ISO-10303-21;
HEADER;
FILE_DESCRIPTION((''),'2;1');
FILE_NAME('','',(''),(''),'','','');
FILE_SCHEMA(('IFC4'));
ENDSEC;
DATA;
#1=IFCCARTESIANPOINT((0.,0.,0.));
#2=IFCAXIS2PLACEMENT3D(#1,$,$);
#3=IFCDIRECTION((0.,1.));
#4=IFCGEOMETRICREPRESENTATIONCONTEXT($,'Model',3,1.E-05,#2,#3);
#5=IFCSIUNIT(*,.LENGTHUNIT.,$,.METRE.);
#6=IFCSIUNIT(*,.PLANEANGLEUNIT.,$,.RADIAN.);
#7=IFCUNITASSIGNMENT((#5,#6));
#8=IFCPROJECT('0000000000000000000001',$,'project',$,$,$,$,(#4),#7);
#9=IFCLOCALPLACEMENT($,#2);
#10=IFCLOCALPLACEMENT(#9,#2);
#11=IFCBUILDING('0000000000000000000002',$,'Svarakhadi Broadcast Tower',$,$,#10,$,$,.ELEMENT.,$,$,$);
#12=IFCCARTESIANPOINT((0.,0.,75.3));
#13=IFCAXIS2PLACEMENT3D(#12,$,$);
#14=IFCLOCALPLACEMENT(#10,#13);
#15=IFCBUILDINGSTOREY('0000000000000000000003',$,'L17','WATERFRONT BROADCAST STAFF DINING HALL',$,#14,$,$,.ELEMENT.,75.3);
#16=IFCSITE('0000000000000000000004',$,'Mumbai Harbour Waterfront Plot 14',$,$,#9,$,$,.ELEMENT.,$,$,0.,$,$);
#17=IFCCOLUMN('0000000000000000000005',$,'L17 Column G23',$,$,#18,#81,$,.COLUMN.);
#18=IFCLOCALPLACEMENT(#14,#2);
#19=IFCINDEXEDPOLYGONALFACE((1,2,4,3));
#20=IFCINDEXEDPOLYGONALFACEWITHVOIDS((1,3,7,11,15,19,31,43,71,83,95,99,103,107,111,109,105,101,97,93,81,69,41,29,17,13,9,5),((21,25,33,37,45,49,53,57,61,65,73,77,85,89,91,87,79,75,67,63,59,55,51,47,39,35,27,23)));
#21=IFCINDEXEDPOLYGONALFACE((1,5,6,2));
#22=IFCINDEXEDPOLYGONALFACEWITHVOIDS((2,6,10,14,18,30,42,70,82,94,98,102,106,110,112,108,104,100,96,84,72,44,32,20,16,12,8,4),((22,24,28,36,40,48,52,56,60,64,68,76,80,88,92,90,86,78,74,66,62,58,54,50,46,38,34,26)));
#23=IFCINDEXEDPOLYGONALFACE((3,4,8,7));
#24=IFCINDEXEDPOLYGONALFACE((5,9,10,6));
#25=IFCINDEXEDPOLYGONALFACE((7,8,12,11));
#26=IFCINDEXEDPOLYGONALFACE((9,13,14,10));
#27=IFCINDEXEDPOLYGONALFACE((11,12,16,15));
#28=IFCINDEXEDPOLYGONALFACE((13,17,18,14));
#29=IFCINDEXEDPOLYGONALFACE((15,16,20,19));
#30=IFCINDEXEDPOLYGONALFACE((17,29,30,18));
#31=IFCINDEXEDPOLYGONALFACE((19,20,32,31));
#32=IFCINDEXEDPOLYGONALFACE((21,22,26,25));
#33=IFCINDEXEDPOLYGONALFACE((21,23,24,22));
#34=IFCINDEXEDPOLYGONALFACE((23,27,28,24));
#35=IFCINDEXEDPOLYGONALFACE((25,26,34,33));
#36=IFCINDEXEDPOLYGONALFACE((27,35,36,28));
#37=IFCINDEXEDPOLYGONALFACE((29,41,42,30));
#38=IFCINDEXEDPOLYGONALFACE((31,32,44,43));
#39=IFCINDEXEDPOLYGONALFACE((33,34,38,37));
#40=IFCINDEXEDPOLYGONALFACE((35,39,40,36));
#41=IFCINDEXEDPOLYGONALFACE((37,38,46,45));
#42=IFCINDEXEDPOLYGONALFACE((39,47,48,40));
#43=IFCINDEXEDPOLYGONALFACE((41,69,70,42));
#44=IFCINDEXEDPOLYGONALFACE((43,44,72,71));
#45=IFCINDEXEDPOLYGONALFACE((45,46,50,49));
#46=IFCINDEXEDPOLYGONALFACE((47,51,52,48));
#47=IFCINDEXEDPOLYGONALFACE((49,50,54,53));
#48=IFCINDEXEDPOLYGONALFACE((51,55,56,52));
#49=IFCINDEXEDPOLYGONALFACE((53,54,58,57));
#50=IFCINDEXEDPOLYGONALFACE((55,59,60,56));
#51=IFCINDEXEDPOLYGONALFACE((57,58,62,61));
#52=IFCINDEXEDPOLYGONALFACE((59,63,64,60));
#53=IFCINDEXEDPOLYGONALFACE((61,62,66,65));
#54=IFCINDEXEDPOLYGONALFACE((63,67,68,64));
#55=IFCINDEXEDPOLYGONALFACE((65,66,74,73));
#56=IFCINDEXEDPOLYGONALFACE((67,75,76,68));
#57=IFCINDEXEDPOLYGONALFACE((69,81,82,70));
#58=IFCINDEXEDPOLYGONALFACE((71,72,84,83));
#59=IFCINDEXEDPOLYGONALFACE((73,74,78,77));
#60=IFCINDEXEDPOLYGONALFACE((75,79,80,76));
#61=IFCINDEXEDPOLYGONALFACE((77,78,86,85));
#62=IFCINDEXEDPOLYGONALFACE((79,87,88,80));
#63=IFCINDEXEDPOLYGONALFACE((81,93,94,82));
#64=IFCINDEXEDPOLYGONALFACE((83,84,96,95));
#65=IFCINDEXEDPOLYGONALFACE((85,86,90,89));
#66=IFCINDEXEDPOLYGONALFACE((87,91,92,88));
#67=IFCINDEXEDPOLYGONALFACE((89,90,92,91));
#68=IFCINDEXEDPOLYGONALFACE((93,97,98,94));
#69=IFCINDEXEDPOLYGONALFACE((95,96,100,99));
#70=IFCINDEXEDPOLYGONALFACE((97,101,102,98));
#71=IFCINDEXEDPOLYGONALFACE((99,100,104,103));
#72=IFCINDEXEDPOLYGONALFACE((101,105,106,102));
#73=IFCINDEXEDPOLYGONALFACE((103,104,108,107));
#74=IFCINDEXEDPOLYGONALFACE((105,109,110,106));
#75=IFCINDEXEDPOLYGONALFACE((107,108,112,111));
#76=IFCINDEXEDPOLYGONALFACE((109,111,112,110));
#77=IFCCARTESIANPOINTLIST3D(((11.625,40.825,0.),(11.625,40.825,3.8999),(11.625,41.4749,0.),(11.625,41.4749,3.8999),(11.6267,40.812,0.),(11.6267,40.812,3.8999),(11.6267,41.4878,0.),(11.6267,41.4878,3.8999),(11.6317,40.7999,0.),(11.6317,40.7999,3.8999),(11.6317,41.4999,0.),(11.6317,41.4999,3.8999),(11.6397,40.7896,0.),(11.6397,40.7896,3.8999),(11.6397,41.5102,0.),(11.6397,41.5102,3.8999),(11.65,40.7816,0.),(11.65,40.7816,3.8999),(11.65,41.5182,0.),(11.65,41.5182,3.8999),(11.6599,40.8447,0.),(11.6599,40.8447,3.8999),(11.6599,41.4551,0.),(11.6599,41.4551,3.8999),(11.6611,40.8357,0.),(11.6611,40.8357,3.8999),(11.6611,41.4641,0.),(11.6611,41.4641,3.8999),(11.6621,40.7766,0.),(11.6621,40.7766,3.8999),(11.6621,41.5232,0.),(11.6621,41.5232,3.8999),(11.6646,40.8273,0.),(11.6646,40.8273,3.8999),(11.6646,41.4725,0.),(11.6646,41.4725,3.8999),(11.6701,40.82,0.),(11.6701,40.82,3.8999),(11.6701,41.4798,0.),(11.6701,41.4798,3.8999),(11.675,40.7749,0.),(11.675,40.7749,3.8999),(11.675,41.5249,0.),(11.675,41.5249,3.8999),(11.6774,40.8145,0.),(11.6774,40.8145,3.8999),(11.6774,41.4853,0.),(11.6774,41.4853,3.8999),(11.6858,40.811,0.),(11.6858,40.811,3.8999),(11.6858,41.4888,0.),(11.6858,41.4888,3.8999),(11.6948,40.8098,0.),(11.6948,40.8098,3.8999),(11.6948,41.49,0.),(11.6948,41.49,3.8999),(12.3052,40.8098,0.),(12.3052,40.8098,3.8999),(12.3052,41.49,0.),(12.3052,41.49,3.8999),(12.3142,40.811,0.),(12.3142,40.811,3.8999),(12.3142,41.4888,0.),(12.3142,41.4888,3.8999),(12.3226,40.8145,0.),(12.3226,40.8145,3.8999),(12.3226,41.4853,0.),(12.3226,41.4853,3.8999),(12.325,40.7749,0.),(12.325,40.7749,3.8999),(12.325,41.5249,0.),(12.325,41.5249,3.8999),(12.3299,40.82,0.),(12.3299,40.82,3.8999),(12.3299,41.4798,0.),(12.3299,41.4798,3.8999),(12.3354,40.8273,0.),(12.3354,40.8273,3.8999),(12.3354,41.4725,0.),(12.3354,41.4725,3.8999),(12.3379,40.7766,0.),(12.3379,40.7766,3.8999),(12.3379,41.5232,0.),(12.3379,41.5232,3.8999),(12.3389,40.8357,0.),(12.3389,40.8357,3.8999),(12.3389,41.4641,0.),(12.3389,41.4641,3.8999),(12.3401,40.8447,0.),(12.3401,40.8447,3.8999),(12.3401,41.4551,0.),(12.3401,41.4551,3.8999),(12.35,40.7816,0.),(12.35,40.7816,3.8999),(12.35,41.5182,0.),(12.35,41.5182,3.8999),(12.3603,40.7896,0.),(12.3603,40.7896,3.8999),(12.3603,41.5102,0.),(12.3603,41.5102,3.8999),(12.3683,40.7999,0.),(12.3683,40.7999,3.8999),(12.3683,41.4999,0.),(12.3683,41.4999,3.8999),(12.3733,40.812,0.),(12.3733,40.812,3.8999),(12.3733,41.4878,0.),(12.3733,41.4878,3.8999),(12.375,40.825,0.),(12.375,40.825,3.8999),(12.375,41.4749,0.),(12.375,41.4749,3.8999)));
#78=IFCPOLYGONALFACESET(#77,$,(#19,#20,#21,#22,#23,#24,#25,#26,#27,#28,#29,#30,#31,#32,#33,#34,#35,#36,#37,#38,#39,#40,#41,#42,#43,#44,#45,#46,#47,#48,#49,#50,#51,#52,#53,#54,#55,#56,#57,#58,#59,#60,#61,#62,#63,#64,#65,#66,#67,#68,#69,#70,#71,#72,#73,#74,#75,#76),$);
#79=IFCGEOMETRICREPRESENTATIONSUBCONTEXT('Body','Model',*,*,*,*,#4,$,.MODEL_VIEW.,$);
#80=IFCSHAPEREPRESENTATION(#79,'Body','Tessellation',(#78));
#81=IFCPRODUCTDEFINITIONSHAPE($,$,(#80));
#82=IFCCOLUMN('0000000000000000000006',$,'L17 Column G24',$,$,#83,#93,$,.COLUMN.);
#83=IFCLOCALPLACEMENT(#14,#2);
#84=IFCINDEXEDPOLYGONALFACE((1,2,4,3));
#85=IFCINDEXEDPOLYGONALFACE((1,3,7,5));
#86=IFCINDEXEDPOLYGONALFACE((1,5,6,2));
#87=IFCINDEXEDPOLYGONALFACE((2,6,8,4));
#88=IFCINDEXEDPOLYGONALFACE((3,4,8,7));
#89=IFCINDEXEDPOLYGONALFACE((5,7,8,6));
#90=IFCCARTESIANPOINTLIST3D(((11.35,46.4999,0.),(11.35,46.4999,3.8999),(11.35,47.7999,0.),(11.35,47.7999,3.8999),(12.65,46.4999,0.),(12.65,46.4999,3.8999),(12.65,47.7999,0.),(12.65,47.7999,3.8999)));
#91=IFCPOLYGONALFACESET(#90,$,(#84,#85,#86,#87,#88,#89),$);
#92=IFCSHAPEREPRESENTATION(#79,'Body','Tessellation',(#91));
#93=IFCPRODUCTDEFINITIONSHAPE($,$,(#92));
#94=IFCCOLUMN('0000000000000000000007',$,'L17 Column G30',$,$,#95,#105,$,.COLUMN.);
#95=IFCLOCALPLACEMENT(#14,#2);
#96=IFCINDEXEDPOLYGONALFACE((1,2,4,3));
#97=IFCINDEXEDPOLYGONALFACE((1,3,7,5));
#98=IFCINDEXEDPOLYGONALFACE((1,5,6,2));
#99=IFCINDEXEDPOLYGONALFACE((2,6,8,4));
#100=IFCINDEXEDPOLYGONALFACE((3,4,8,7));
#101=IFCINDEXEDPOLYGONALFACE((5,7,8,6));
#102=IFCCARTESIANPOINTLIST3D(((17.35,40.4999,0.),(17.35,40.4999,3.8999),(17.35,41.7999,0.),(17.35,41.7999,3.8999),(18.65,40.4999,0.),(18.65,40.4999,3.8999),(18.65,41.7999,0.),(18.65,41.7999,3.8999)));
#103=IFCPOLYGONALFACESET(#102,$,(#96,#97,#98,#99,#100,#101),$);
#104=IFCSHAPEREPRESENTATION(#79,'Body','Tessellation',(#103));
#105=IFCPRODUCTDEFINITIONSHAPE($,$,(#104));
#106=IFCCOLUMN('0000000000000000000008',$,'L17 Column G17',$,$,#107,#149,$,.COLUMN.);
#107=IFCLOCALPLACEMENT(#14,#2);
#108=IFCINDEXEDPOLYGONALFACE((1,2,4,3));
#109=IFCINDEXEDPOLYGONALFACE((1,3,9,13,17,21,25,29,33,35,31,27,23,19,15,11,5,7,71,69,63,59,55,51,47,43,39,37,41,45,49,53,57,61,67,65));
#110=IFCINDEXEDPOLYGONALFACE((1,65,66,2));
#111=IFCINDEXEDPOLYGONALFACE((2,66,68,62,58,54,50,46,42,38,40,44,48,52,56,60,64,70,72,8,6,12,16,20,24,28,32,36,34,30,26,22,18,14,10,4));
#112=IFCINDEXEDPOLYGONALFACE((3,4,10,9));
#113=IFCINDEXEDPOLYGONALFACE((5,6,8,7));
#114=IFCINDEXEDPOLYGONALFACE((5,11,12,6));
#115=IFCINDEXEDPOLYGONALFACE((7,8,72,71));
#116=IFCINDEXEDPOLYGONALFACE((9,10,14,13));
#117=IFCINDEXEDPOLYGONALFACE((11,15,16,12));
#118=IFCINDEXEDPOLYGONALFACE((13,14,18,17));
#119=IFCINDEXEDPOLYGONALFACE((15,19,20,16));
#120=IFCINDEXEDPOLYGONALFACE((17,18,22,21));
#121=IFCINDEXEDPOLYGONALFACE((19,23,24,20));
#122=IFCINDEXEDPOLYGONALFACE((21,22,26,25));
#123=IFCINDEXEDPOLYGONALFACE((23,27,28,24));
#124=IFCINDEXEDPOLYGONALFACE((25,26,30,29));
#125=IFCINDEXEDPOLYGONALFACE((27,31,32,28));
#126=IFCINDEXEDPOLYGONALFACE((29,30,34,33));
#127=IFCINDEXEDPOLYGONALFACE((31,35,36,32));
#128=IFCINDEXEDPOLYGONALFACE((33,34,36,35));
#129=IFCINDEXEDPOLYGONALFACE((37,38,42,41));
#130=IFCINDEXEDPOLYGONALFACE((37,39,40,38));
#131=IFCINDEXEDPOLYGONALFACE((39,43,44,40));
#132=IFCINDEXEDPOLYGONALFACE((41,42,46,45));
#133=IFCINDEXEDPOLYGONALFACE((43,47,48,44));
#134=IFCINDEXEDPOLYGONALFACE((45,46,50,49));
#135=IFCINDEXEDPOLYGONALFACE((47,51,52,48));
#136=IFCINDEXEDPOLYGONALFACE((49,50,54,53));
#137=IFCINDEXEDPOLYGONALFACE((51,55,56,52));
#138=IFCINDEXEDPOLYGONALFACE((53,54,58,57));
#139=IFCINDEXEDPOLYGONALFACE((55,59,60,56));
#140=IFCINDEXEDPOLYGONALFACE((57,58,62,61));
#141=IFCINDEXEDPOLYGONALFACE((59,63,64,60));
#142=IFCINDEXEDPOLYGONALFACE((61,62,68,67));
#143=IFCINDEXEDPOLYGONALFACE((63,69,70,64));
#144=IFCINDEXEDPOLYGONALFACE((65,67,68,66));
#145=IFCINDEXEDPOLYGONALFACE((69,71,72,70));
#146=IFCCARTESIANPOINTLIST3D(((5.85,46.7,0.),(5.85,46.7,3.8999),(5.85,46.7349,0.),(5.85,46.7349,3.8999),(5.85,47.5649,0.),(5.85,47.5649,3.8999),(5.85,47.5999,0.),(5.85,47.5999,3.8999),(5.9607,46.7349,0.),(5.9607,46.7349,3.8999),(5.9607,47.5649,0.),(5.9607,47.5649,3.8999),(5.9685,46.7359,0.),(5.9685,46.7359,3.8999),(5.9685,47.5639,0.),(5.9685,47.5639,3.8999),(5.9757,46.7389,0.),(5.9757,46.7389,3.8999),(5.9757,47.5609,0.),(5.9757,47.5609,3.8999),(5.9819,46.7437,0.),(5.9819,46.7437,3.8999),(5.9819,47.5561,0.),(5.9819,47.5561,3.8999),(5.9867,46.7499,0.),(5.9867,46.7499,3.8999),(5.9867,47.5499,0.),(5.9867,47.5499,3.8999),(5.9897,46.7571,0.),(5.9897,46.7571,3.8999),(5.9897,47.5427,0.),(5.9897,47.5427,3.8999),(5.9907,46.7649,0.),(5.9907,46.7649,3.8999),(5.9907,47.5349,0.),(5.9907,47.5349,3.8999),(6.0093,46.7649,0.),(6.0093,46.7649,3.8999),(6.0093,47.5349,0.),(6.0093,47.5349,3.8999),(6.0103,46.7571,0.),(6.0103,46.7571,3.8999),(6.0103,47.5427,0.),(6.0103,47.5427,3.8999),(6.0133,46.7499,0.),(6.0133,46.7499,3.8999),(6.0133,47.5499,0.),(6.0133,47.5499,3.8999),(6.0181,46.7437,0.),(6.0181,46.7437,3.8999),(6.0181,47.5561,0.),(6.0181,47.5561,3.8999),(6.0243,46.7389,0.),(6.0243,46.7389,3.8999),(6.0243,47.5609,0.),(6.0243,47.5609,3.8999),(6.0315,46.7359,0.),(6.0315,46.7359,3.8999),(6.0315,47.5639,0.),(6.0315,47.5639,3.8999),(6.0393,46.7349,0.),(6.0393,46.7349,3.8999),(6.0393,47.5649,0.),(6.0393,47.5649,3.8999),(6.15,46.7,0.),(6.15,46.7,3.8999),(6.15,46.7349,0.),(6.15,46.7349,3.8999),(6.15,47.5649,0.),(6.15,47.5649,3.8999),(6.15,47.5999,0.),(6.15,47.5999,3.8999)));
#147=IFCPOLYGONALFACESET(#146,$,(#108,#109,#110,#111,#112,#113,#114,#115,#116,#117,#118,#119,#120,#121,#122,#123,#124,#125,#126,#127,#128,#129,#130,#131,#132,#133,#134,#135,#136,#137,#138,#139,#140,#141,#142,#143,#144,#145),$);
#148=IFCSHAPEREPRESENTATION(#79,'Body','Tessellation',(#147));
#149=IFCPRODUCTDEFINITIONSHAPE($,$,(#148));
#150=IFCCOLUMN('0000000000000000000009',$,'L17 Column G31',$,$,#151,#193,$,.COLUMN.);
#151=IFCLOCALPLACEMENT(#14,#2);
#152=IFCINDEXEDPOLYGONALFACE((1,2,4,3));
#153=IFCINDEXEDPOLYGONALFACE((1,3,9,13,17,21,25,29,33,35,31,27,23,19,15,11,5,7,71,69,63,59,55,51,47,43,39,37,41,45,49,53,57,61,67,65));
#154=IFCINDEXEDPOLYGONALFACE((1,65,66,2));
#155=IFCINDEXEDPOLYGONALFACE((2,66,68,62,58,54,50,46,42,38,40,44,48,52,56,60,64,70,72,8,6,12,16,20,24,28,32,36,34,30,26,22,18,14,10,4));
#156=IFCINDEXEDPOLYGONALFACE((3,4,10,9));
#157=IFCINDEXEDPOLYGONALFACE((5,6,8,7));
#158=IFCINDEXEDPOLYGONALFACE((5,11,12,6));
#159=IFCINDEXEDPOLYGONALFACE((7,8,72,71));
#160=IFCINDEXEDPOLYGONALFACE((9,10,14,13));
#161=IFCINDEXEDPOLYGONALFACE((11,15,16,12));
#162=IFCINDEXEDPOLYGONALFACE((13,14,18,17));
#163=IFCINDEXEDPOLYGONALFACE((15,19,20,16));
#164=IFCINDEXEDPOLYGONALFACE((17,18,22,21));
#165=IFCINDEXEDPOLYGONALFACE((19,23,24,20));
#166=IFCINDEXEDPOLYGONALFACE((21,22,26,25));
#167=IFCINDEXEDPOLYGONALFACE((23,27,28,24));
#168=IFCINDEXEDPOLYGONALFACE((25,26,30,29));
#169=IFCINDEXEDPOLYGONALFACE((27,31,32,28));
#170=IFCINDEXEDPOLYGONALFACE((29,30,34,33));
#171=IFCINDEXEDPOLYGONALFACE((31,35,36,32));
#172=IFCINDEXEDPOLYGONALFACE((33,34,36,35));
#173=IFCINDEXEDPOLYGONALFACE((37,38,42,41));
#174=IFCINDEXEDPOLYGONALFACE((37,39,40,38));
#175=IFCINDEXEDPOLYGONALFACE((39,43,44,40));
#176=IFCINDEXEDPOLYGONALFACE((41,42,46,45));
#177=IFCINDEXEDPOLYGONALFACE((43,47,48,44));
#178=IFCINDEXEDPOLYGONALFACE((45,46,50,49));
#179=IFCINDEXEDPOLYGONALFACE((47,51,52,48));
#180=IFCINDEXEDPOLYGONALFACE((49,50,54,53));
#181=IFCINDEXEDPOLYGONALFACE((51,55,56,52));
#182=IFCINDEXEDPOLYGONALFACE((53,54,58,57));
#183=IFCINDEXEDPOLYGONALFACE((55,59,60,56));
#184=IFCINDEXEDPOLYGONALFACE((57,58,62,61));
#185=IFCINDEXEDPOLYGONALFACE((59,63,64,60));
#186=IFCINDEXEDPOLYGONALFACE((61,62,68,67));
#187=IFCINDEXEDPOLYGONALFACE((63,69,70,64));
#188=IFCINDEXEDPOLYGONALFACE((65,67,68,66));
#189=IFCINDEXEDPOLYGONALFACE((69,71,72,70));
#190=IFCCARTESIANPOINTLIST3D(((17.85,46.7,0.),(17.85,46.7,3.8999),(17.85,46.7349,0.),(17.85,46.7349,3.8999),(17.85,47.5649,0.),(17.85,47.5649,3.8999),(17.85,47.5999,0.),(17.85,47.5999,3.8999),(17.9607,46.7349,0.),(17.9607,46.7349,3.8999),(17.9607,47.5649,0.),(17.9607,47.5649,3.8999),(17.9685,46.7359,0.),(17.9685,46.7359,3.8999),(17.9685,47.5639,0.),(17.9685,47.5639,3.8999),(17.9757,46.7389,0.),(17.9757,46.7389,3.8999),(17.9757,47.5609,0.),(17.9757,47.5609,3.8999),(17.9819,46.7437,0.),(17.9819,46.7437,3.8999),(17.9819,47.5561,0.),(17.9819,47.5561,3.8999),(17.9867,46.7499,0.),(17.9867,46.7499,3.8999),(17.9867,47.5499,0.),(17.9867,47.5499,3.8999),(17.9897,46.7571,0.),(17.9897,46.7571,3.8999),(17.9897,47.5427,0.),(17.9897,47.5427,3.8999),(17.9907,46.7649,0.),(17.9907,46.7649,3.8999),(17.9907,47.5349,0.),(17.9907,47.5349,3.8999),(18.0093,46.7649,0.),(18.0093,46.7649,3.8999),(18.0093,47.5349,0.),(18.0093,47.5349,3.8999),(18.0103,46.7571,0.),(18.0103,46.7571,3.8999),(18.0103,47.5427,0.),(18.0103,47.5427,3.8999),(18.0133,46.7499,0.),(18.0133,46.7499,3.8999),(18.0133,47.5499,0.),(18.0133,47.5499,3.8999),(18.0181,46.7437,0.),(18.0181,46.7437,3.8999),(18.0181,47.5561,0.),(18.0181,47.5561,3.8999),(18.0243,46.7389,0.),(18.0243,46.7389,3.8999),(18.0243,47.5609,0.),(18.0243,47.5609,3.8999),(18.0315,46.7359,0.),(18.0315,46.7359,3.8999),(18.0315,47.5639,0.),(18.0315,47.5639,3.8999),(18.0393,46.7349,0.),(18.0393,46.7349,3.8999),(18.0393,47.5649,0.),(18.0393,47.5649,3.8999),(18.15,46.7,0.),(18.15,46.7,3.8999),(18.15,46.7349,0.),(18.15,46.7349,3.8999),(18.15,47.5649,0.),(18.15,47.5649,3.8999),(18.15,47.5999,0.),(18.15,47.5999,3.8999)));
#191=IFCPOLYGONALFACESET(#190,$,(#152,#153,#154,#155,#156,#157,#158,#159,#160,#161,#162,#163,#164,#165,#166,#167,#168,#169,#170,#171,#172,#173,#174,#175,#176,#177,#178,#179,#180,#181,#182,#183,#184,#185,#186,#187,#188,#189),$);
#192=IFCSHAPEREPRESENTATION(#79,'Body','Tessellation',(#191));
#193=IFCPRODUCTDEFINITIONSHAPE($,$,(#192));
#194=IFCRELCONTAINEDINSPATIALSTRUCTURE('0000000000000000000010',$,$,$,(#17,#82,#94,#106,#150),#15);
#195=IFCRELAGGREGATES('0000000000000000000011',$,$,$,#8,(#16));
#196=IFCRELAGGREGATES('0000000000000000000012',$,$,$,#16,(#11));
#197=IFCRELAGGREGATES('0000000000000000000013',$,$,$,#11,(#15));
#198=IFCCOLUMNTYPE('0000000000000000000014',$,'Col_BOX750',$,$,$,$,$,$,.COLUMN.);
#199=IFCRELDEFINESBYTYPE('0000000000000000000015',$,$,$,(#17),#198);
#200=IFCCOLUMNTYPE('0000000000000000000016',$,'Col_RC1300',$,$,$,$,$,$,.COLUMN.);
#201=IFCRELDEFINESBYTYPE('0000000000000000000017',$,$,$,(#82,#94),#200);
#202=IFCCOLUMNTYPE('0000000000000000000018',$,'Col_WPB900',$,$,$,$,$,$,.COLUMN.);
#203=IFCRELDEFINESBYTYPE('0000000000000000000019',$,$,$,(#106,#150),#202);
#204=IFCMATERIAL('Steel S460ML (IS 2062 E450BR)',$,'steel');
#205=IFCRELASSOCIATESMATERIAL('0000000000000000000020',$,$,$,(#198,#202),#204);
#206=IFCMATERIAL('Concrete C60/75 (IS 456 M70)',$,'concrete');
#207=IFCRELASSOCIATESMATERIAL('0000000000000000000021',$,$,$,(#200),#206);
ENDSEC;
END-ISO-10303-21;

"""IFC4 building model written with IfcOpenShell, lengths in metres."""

from ifc_helpers import new_model, si_unit, direction, frame, origin, origin_2d, place, context, subcontext, project, spatial, rectangle, hollow_rectangle, i_section, extrude, material, material_profile, profile_set, type_object, element, save


model = new_model("IFC4")

# Units and contexts
model_context = context("Model", 3, precision=1e-05, world=origin(), true_north=direction((0.0, 1.0)))
body_context = subcontext(model_context, "Body", "Model", "MODEL_VIEW")
ifc_project = project(units=[si_unit("LENGTHUNIT", "METRE"), si_unit("PLANEANGLEUNIT", "RADIAN")], contexts=[model_context])

# Site, building, storey
site_placement = place(None, origin())
site = spatial("IfcSite", under=ifc_project, at=site_placement, Name="Mumbai Harbour Waterfront Plot 14", CompositionType="ELEMENT", RefElevation=0.0)
building_placement = place(site_placement, origin())
building = spatial("IfcBuilding", under=site, at=building_placement, Name="Svarakhadi Broadcast Tower", CompositionType="ELEMENT")
storey_placement = place(building_placement, frame((0.0, 0.0, 75.3)))
storey = spatial("IfcBuildingStorey", under=building, at=storey_placement, Name="L17", Description="WATERFRONT BROADCAST STAFF DINING HALL", CompositionType="ELEMENT", Elevation=75.3)

# Columns
ifc_material_1 = material(Name="Steel S460ML (IS 2062 E450BR)", Category="steel")
ifc_material_profile_1 = material_profile(ifc_material_1, hollow_rectangle(XDim=0.75, YDim=0.75, WallThickness=0.0349, InnerFilletRadius=0.0349, OuterFilletRadius=0.05, at=origin_2d()), Name="BOX 750x750x35")
ifc_profile_set_1 = profile_set([ifc_material_profile_1], Name="Steel S460ML (IS 2062 E450BR)")
column_type_1 = type_object("IfcColumnType", Name="Col_BOX750", PredefinedType="COLUMN", material=ifc_profile_set_1)
column_placement = place(storey_placement, frame((12.0, 41.1499, 0.0), z_axis=(0.0, 0.0, 1.0), x_axis=(1.0, 0.0, 0.0)))
element("IfcColumn", 1, at=column_placement, inside=storey, type_object=column_type_1, Name="L17 Column G23", PredefinedType="COLUMN", context=body_context, shape_type="SweptSolid", body=[
    extrude(hollow_rectangle(XDim=0.75, YDim=0.75, WallThickness=0.0349, InnerFilletRadius=0.0349, OuterFilletRadius=0.05, at=origin_2d()), origin(), (0.0, 0.0, 1.0), 3.8999),
])
ifc_material_2 = material(Name="Concrete C60/75 (IS 456 M70)", Category="concrete")
ifc_material_profile_2 = material_profile(ifc_material_2, rectangle(XDim=1.3, YDim=1.3, at=origin_2d()), Name="RC 1300x1300")
ifc_profile_set_2 = profile_set([ifc_material_profile_2], Name="Concrete C60/75 (IS 456 M70)")
column_type_2 = type_object("IfcColumnType", Name="Col_RC1300", PredefinedType="COLUMN", material=ifc_profile_set_2)
for number, where, z_axis, x_axis, name in (
    (2, (12.0, 47.1499, 0.0), (0.0, 0.0, 1.0), (1.0, 0.0, 0.0), "L17 Column G24"),
    (3, (18.0, 41.1499, 0.0), (0.0, 0.0, 1.0), (1.0, 0.0, 0.0), "L17 Column G30"),
):
    element("IfcColumn", number, at=place(storey_placement, frame(where, z_axis=z_axis, x_axis=x_axis)), inside=storey, type_object=column_type_2, Name=name, PredefinedType="COLUMN", context=body_context, shape_type="SweptSolid", body=[
        extrude(rectangle(XDim=1.3, YDim=1.3, at=origin_2d()), origin(), (0.0, 0.0, 1.0), 3.8999),
    ])
ifc_material_profile_3 = material_profile(ifc_material_1, i_section(OverallWidth=0.3, OverallDepth=0.8999, WebThickness=0.0186, FlangeThickness=0.0349, FilletRadius=0.03, at=origin_2d()), Name="WPB 900x300x291")
ifc_profile_set_3 = profile_set([ifc_material_profile_3], Name="Steel S460ML (IS 2062 E450BR)")
column_type_3 = type_object("IfcColumnType", Name="Col_WPB900", PredefinedType="COLUMN", material=ifc_profile_set_3)
for number, where, z_axis, x_axis, name in (
    (4, (6.0, 47.1499, 0.0), (0.0, 0.0, 1.0), (1.0, 0.0, 0.0), "L17 Column G17"),
    (5, (18.0, 47.1499, 0.0), (0.0, 0.0, 1.0), (1.0, 0.0, 0.0), "L17 Column G31"),
):
    element("IfcColumn", number, at=place(storey_placement, frame(where, z_axis=z_axis, x_axis=x_axis)), inside=storey, type_object=column_type_3, Name=name, PredefinedType="COLUMN", context=body_context, shape_type="SweptSolid", body=[
        extrude(i_section(OverallWidth=0.3, OverallDepth=0.8999, WebThickness=0.0186, FlangeThickness=0.0349, FilletRadius=0.03, at=origin_2d()), origin(), (0.0, 0.0, 1.0), 3.8999),
    ])

save(model, "model.ifc")
